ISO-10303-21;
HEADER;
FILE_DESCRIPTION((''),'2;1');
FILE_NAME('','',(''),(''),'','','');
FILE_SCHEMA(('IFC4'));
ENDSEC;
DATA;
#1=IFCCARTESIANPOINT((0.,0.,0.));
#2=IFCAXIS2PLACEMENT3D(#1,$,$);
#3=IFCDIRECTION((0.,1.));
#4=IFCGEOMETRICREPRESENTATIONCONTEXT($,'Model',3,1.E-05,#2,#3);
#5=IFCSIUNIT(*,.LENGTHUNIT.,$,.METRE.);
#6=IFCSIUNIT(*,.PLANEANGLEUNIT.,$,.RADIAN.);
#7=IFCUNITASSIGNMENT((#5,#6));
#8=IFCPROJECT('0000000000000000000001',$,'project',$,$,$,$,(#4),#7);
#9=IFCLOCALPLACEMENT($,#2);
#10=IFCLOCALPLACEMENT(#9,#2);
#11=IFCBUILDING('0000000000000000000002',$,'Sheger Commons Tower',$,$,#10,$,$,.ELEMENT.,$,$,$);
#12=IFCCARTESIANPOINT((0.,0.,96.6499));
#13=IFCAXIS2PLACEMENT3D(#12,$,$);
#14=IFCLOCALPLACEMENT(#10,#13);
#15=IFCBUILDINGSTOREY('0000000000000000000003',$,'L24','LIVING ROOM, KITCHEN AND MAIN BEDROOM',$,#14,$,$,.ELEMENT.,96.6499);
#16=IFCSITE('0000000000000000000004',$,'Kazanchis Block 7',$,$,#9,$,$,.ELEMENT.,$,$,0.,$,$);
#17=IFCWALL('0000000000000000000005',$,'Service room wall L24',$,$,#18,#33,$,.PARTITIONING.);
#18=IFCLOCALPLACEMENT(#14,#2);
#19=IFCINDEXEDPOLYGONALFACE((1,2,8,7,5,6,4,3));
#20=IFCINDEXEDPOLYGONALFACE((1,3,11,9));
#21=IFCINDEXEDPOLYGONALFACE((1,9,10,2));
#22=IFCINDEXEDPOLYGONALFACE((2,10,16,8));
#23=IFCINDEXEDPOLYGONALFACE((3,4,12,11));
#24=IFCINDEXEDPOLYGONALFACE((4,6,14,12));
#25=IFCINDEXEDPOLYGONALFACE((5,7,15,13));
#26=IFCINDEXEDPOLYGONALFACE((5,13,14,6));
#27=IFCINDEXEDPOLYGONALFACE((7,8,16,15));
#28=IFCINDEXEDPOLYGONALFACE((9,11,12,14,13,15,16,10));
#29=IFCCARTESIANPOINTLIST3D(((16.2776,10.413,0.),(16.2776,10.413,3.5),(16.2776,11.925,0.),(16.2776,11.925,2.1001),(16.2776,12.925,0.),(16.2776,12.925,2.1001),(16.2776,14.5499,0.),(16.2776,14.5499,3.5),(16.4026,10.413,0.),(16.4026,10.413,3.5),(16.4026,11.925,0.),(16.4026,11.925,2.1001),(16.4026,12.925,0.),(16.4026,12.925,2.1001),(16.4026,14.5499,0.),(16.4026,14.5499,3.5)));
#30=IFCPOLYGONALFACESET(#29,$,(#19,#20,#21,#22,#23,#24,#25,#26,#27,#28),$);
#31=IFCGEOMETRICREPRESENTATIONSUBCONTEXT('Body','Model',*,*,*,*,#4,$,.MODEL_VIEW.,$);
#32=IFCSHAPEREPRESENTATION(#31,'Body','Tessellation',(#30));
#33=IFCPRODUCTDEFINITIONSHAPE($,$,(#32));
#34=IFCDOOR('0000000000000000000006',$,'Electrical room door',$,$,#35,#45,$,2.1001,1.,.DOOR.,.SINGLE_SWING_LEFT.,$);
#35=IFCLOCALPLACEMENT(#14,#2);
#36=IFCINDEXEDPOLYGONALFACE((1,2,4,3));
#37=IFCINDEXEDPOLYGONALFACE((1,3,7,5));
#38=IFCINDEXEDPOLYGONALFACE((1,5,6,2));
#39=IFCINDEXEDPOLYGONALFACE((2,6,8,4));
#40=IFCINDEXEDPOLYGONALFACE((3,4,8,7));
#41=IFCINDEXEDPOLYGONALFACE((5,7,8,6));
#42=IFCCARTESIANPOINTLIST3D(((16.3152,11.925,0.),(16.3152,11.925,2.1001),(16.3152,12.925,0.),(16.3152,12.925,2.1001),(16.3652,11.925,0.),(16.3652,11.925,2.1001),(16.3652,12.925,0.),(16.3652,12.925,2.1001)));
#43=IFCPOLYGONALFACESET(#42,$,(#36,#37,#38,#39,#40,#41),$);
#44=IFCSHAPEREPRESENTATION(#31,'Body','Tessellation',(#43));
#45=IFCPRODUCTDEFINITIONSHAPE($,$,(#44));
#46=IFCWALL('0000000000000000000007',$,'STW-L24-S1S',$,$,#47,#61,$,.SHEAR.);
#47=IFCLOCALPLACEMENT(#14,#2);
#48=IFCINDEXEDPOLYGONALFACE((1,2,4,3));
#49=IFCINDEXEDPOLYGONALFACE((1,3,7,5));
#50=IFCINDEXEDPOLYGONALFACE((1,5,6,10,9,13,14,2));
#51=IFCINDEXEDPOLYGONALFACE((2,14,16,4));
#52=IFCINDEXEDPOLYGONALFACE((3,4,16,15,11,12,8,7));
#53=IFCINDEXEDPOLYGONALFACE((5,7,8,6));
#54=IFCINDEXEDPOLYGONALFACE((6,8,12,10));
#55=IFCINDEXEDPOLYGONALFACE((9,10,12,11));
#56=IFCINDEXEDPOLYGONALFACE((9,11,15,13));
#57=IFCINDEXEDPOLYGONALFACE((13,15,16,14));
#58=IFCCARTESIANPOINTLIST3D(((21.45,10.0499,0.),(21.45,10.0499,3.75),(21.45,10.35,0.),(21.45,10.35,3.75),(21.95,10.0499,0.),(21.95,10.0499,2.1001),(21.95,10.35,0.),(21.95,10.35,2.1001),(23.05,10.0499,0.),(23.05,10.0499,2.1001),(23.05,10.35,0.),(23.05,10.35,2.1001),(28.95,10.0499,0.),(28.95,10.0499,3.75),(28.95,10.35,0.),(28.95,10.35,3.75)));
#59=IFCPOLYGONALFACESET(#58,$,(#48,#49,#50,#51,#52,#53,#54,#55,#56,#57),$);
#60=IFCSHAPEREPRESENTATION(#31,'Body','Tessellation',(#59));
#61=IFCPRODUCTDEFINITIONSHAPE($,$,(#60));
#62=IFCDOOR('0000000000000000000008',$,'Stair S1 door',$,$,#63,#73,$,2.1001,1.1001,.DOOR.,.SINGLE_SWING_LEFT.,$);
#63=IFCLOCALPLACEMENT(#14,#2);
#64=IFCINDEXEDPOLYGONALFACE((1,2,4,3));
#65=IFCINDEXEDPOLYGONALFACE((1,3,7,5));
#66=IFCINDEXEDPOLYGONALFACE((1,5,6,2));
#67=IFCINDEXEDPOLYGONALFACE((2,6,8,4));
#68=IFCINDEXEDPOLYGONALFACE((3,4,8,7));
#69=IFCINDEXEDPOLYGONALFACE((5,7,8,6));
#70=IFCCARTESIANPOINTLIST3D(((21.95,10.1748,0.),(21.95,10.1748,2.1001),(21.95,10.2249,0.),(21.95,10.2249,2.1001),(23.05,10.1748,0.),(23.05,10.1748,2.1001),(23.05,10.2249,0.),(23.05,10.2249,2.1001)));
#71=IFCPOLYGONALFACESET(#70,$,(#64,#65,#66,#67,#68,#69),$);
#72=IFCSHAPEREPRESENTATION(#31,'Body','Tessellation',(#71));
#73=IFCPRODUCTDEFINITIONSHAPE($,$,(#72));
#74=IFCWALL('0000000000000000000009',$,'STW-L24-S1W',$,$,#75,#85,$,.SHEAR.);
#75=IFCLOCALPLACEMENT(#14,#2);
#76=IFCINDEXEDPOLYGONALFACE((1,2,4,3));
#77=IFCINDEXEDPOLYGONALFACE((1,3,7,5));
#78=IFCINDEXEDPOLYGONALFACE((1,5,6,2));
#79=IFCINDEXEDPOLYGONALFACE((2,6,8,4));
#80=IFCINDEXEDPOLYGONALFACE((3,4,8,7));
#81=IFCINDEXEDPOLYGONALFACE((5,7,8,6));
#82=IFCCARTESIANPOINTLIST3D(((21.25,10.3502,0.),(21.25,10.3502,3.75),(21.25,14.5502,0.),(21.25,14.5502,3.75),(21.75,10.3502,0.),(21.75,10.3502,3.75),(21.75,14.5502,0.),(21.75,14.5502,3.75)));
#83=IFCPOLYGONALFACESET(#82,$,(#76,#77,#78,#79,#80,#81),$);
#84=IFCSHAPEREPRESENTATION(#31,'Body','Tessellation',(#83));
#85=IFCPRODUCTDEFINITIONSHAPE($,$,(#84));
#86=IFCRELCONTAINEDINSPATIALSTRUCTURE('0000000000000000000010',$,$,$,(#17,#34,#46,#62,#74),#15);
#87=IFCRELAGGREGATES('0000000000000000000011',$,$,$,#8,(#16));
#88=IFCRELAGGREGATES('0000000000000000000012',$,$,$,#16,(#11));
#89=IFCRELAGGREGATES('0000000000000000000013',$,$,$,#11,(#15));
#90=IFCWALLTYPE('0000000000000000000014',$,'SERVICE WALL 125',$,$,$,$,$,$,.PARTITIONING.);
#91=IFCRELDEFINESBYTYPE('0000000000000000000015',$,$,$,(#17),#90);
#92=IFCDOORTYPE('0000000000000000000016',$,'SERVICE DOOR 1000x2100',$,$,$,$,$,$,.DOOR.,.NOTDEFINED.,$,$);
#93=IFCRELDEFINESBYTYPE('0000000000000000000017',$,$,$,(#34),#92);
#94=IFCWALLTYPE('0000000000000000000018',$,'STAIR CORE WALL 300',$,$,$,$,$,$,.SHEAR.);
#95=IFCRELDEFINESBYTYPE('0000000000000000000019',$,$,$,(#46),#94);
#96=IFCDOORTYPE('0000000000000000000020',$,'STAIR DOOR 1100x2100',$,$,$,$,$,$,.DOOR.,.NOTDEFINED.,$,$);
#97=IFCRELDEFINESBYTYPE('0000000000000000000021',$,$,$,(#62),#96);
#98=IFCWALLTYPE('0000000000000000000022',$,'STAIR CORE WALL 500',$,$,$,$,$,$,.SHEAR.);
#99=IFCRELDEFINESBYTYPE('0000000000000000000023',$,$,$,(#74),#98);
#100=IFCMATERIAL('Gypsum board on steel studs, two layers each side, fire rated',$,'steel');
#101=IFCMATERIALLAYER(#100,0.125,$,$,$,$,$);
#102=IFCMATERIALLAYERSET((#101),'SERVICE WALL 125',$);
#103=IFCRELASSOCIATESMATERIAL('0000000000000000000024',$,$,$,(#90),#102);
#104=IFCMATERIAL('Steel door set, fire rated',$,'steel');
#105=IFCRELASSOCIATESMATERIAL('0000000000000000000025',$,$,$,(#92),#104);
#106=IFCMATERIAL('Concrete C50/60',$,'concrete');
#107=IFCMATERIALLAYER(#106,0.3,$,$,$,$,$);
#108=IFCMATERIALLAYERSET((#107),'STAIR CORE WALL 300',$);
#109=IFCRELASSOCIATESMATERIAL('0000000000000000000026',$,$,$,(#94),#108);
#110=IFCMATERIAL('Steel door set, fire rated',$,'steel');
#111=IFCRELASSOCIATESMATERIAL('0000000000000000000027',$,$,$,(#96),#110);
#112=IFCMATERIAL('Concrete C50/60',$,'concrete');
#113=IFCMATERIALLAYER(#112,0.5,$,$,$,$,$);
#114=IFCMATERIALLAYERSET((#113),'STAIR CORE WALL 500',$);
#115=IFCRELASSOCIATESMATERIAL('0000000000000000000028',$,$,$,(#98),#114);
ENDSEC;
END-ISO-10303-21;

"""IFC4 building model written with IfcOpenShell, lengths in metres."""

from ifc_helpers import new_model, si_unit, direction, frame, frame_2d, origin, place, context, subcontext, project, spatial, rectangle, extrude, material, layer, layer_set, type_object, element, fill, save


model = new_model("IFC4")

# Units and contexts
model_context = context("Model", 3, precision=1e-05, world=origin(), true_north=direction((0.0, 1.0)))
body_context = subcontext(model_context, "Body", "Model", "MODEL_VIEW")
ifc_project = project(units=[si_unit("LENGTHUNIT", "METRE"), si_unit("PLANEANGLEUNIT", "RADIAN")], contexts=[model_context])

# Site, building, storey
site_placement = place(None, origin())
site = spatial("IfcSite", under=ifc_project, at=site_placement, Name="Kazanchis Block 7", CompositionType="ELEMENT", RefElevation=0.0)
building_placement = place(site_placement, origin())
building = spatial("IfcBuilding", under=site, at=building_placement, Name="Sheger Commons Tower", CompositionType="ELEMENT")
storey_placement = place(building_placement, frame((0.0, 0.0, 96.6499)))
storey = spatial("IfcBuildingStorey", under=building, at=storey_placement, Name="L24", Description="LIVING ROOM, KITCHEN AND MAIN BEDROOM", CompositionType="ELEMENT", Elevation=96.6499)

# Shared definitions
ifc_material_1 = material(Name="Gypsum board on steel studs, two layers each side, fire rated", Category="steel")
ifc_layer_1 = layer(ifc_material_1, 0.125)
ifc_layer_set_1 = layer_set([ifc_layer_1], Name="SERVICE WALL 125")
wall_type_1 = type_object("IfcWallType", Name="SERVICE WALL 125", PredefinedType="PARTITIONING", material=ifc_layer_set_1)
ifc_material_2 = material(Name="Steel door set, fire rated", Category="steel")
door_type_1 = type_object("IfcDoorType", Name="SERVICE DOOR 1000x2100", OperationType="NOTDEFINED", PredefinedType="DOOR", material=ifc_material_2)

# Walls, openings, doors
wall_1_placement = place(storey_placement, frame((16.3401, 10.4131, 0.0), z_axis=(0.0, 0.0, 1.0), x_axis=(0.0, 1.0, 0.0)))
wall_1 = element("IfcWall", 1, at=wall_1_placement, inside=storey, type_object=wall_type_1, Name="Service room wall L24", PredefinedType="PARTITIONING", context=body_context, shape_type="SweptSolid", body=[
    extrude(rectangle(XDim=4.137, YDim=0.125, at=frame_2d((2.0684, 0.0))), origin(), (0.0, 0.0, 1.0), 3.5),
])
opening_1_placement = place(wall_1_placement, frame((1.512, 0.0, 0.0)))
opening_1 = element("IfcOpeningElement", 2, at=opening_1_placement, cuts=wall_1, PredefinedType="OPENING", context=body_context, shape_type="SweptSolid", body=[
    extrude(rectangle(XDim=1.0, YDim=2.1001, at=frame_2d((0.5, 1.05))), frame((0.0, 0.0725, 0.0), z_axis=(0.0, -1.0, 0.0), x_axis=(1.0, 0.0, 0.0)), (0.0, 0.0, 1.0), 0.145),
])
door_1_placement = place(opening_1_placement, origin())
door_1 = element("IfcDoor", 3, at=door_1_placement, inside=storey, type_object=door_type_1, Name="Electrical room door", OperationType="SINGLE_SWING_LEFT", OverallHeight=2.1001, OverallWidth=1.0, PredefinedType="DOOR", context=body_context, shape_type="SweptSolid", body=[
    extrude(rectangle(XDim=1.0, YDim=2.1001, at=frame_2d((0.5, 1.05))), frame((0.0, 0.0249, 0.0), z_axis=(0.0, -1.0, 0.0), x_axis=(1.0, 0.0, 0.0)), (0.0, 0.0, 1.0), 0.05),
])
fill(opening_1, door_1)
ifc_material_3 = material(Name="Concrete C50/60", Category="concrete")
ifc_layer_2 = layer(ifc_material_3, 0.3)
ifc_layer_set_2 = layer_set([ifc_layer_2], Name="STAIR CORE WALL 300")
wall_type_2 = type_object("IfcWallType", Name="STAIR CORE WALL 300", PredefinedType="SHEAR", material=ifc_layer_set_2)
wall_2_placement = place(storey_placement, frame((21.45, 10.2, 0.0), z_axis=(0.0, 0.0, 1.0), x_axis=(1.0, 0.0, 0.0)))
wall_2 = element("IfcWall", 4, at=wall_2_placement, inside=storey, type_object=wall_type_2, Name="STW-L24-S1S", PredefinedType="SHEAR", context=body_context, shape_type="SweptSolid", body=[
    extrude(rectangle(XDim=7.5, YDim=0.3, at=frame_2d((3.75, 0.0))), origin(), (0.0, 0.0, 1.0), 3.75),
])
opening_2_placement = place(wall_2_placement, frame((0.5, 0.0, 0.0)))
opening_2 = element("IfcOpeningElement", 5, at=opening_2_placement, cuts=wall_2, PredefinedType="OPENING", context=body_context, shape_type="SweptSolid", body=[
    extrude(rectangle(XDim=1.1001, YDim=2.1001, at=frame_2d((0.55, 1.05))), frame((0.0, 0.1599, 0.0), z_axis=(0.0, -1.0, 0.0), x_axis=(1.0, 0.0, 0.0)), (0.0, 0.0, 1.0), 0.3201),
])
ifc_material_4 = material(Name="Steel door set, fire rated", Category="steel")
door_type_2 = type_object("IfcDoorType", Name="STAIR DOOR 1100x2100", OperationType="NOTDEFINED", PredefinedType="DOOR", material=ifc_material_4)
door_2_placement = place(opening_2_placement, origin())
door_2 = element("IfcDoor", 6, at=door_2_placement, inside=storey, type_object=door_type_2, Name="Stair S1 door", OperationType="SINGLE_SWING_LEFT", OverallHeight=2.1001, OverallWidth=1.1001, PredefinedType="DOOR", context=body_context, shape_type="SweptSolid", body=[
    extrude(rectangle(XDim=1.1001, YDim=2.1001, at=frame_2d((0.55, 1.05))), frame((0.0, 0.0249, 0.0), z_axis=(0.0, -1.0, 0.0), x_axis=(1.0, 0.0, 0.0)), (0.0, 0.0, 1.0), 0.05),
])
fill(opening_2, door_2)

# Wall
ifc_material_5 = material(Name="Concrete C50/60", Category="concrete")
ifc_layer_3 = layer(ifc_material_5, 0.5)
ifc_layer_set_3 = layer_set([ifc_layer_3], Name="STAIR CORE WALL 500")
wall_type_3 = type_object("IfcWallType", Name="STAIR CORE WALL 500", PredefinedType="SHEAR", material=ifc_layer_set_3)
wall_3_placement = place(storey_placement, frame((21.5, 10.3501, 0.0), z_axis=(0.0, 0.0, 1.0), x_axis=(0.0, 1.0, 0.0)))
element("IfcWall", 7, at=wall_3_placement, inside=storey, type_object=wall_type_3, Name="STW-L24-S1W", PredefinedType="SHEAR", context=body_context, shape_type="SweptSolid", body=[
    extrude(rectangle(XDim=4.2, YDim=0.5, at=frame_2d((2.1001, 0.0))), origin(), (0.0, 0.0, 1.0), 3.75),
])

save(model, "model.ifc")
